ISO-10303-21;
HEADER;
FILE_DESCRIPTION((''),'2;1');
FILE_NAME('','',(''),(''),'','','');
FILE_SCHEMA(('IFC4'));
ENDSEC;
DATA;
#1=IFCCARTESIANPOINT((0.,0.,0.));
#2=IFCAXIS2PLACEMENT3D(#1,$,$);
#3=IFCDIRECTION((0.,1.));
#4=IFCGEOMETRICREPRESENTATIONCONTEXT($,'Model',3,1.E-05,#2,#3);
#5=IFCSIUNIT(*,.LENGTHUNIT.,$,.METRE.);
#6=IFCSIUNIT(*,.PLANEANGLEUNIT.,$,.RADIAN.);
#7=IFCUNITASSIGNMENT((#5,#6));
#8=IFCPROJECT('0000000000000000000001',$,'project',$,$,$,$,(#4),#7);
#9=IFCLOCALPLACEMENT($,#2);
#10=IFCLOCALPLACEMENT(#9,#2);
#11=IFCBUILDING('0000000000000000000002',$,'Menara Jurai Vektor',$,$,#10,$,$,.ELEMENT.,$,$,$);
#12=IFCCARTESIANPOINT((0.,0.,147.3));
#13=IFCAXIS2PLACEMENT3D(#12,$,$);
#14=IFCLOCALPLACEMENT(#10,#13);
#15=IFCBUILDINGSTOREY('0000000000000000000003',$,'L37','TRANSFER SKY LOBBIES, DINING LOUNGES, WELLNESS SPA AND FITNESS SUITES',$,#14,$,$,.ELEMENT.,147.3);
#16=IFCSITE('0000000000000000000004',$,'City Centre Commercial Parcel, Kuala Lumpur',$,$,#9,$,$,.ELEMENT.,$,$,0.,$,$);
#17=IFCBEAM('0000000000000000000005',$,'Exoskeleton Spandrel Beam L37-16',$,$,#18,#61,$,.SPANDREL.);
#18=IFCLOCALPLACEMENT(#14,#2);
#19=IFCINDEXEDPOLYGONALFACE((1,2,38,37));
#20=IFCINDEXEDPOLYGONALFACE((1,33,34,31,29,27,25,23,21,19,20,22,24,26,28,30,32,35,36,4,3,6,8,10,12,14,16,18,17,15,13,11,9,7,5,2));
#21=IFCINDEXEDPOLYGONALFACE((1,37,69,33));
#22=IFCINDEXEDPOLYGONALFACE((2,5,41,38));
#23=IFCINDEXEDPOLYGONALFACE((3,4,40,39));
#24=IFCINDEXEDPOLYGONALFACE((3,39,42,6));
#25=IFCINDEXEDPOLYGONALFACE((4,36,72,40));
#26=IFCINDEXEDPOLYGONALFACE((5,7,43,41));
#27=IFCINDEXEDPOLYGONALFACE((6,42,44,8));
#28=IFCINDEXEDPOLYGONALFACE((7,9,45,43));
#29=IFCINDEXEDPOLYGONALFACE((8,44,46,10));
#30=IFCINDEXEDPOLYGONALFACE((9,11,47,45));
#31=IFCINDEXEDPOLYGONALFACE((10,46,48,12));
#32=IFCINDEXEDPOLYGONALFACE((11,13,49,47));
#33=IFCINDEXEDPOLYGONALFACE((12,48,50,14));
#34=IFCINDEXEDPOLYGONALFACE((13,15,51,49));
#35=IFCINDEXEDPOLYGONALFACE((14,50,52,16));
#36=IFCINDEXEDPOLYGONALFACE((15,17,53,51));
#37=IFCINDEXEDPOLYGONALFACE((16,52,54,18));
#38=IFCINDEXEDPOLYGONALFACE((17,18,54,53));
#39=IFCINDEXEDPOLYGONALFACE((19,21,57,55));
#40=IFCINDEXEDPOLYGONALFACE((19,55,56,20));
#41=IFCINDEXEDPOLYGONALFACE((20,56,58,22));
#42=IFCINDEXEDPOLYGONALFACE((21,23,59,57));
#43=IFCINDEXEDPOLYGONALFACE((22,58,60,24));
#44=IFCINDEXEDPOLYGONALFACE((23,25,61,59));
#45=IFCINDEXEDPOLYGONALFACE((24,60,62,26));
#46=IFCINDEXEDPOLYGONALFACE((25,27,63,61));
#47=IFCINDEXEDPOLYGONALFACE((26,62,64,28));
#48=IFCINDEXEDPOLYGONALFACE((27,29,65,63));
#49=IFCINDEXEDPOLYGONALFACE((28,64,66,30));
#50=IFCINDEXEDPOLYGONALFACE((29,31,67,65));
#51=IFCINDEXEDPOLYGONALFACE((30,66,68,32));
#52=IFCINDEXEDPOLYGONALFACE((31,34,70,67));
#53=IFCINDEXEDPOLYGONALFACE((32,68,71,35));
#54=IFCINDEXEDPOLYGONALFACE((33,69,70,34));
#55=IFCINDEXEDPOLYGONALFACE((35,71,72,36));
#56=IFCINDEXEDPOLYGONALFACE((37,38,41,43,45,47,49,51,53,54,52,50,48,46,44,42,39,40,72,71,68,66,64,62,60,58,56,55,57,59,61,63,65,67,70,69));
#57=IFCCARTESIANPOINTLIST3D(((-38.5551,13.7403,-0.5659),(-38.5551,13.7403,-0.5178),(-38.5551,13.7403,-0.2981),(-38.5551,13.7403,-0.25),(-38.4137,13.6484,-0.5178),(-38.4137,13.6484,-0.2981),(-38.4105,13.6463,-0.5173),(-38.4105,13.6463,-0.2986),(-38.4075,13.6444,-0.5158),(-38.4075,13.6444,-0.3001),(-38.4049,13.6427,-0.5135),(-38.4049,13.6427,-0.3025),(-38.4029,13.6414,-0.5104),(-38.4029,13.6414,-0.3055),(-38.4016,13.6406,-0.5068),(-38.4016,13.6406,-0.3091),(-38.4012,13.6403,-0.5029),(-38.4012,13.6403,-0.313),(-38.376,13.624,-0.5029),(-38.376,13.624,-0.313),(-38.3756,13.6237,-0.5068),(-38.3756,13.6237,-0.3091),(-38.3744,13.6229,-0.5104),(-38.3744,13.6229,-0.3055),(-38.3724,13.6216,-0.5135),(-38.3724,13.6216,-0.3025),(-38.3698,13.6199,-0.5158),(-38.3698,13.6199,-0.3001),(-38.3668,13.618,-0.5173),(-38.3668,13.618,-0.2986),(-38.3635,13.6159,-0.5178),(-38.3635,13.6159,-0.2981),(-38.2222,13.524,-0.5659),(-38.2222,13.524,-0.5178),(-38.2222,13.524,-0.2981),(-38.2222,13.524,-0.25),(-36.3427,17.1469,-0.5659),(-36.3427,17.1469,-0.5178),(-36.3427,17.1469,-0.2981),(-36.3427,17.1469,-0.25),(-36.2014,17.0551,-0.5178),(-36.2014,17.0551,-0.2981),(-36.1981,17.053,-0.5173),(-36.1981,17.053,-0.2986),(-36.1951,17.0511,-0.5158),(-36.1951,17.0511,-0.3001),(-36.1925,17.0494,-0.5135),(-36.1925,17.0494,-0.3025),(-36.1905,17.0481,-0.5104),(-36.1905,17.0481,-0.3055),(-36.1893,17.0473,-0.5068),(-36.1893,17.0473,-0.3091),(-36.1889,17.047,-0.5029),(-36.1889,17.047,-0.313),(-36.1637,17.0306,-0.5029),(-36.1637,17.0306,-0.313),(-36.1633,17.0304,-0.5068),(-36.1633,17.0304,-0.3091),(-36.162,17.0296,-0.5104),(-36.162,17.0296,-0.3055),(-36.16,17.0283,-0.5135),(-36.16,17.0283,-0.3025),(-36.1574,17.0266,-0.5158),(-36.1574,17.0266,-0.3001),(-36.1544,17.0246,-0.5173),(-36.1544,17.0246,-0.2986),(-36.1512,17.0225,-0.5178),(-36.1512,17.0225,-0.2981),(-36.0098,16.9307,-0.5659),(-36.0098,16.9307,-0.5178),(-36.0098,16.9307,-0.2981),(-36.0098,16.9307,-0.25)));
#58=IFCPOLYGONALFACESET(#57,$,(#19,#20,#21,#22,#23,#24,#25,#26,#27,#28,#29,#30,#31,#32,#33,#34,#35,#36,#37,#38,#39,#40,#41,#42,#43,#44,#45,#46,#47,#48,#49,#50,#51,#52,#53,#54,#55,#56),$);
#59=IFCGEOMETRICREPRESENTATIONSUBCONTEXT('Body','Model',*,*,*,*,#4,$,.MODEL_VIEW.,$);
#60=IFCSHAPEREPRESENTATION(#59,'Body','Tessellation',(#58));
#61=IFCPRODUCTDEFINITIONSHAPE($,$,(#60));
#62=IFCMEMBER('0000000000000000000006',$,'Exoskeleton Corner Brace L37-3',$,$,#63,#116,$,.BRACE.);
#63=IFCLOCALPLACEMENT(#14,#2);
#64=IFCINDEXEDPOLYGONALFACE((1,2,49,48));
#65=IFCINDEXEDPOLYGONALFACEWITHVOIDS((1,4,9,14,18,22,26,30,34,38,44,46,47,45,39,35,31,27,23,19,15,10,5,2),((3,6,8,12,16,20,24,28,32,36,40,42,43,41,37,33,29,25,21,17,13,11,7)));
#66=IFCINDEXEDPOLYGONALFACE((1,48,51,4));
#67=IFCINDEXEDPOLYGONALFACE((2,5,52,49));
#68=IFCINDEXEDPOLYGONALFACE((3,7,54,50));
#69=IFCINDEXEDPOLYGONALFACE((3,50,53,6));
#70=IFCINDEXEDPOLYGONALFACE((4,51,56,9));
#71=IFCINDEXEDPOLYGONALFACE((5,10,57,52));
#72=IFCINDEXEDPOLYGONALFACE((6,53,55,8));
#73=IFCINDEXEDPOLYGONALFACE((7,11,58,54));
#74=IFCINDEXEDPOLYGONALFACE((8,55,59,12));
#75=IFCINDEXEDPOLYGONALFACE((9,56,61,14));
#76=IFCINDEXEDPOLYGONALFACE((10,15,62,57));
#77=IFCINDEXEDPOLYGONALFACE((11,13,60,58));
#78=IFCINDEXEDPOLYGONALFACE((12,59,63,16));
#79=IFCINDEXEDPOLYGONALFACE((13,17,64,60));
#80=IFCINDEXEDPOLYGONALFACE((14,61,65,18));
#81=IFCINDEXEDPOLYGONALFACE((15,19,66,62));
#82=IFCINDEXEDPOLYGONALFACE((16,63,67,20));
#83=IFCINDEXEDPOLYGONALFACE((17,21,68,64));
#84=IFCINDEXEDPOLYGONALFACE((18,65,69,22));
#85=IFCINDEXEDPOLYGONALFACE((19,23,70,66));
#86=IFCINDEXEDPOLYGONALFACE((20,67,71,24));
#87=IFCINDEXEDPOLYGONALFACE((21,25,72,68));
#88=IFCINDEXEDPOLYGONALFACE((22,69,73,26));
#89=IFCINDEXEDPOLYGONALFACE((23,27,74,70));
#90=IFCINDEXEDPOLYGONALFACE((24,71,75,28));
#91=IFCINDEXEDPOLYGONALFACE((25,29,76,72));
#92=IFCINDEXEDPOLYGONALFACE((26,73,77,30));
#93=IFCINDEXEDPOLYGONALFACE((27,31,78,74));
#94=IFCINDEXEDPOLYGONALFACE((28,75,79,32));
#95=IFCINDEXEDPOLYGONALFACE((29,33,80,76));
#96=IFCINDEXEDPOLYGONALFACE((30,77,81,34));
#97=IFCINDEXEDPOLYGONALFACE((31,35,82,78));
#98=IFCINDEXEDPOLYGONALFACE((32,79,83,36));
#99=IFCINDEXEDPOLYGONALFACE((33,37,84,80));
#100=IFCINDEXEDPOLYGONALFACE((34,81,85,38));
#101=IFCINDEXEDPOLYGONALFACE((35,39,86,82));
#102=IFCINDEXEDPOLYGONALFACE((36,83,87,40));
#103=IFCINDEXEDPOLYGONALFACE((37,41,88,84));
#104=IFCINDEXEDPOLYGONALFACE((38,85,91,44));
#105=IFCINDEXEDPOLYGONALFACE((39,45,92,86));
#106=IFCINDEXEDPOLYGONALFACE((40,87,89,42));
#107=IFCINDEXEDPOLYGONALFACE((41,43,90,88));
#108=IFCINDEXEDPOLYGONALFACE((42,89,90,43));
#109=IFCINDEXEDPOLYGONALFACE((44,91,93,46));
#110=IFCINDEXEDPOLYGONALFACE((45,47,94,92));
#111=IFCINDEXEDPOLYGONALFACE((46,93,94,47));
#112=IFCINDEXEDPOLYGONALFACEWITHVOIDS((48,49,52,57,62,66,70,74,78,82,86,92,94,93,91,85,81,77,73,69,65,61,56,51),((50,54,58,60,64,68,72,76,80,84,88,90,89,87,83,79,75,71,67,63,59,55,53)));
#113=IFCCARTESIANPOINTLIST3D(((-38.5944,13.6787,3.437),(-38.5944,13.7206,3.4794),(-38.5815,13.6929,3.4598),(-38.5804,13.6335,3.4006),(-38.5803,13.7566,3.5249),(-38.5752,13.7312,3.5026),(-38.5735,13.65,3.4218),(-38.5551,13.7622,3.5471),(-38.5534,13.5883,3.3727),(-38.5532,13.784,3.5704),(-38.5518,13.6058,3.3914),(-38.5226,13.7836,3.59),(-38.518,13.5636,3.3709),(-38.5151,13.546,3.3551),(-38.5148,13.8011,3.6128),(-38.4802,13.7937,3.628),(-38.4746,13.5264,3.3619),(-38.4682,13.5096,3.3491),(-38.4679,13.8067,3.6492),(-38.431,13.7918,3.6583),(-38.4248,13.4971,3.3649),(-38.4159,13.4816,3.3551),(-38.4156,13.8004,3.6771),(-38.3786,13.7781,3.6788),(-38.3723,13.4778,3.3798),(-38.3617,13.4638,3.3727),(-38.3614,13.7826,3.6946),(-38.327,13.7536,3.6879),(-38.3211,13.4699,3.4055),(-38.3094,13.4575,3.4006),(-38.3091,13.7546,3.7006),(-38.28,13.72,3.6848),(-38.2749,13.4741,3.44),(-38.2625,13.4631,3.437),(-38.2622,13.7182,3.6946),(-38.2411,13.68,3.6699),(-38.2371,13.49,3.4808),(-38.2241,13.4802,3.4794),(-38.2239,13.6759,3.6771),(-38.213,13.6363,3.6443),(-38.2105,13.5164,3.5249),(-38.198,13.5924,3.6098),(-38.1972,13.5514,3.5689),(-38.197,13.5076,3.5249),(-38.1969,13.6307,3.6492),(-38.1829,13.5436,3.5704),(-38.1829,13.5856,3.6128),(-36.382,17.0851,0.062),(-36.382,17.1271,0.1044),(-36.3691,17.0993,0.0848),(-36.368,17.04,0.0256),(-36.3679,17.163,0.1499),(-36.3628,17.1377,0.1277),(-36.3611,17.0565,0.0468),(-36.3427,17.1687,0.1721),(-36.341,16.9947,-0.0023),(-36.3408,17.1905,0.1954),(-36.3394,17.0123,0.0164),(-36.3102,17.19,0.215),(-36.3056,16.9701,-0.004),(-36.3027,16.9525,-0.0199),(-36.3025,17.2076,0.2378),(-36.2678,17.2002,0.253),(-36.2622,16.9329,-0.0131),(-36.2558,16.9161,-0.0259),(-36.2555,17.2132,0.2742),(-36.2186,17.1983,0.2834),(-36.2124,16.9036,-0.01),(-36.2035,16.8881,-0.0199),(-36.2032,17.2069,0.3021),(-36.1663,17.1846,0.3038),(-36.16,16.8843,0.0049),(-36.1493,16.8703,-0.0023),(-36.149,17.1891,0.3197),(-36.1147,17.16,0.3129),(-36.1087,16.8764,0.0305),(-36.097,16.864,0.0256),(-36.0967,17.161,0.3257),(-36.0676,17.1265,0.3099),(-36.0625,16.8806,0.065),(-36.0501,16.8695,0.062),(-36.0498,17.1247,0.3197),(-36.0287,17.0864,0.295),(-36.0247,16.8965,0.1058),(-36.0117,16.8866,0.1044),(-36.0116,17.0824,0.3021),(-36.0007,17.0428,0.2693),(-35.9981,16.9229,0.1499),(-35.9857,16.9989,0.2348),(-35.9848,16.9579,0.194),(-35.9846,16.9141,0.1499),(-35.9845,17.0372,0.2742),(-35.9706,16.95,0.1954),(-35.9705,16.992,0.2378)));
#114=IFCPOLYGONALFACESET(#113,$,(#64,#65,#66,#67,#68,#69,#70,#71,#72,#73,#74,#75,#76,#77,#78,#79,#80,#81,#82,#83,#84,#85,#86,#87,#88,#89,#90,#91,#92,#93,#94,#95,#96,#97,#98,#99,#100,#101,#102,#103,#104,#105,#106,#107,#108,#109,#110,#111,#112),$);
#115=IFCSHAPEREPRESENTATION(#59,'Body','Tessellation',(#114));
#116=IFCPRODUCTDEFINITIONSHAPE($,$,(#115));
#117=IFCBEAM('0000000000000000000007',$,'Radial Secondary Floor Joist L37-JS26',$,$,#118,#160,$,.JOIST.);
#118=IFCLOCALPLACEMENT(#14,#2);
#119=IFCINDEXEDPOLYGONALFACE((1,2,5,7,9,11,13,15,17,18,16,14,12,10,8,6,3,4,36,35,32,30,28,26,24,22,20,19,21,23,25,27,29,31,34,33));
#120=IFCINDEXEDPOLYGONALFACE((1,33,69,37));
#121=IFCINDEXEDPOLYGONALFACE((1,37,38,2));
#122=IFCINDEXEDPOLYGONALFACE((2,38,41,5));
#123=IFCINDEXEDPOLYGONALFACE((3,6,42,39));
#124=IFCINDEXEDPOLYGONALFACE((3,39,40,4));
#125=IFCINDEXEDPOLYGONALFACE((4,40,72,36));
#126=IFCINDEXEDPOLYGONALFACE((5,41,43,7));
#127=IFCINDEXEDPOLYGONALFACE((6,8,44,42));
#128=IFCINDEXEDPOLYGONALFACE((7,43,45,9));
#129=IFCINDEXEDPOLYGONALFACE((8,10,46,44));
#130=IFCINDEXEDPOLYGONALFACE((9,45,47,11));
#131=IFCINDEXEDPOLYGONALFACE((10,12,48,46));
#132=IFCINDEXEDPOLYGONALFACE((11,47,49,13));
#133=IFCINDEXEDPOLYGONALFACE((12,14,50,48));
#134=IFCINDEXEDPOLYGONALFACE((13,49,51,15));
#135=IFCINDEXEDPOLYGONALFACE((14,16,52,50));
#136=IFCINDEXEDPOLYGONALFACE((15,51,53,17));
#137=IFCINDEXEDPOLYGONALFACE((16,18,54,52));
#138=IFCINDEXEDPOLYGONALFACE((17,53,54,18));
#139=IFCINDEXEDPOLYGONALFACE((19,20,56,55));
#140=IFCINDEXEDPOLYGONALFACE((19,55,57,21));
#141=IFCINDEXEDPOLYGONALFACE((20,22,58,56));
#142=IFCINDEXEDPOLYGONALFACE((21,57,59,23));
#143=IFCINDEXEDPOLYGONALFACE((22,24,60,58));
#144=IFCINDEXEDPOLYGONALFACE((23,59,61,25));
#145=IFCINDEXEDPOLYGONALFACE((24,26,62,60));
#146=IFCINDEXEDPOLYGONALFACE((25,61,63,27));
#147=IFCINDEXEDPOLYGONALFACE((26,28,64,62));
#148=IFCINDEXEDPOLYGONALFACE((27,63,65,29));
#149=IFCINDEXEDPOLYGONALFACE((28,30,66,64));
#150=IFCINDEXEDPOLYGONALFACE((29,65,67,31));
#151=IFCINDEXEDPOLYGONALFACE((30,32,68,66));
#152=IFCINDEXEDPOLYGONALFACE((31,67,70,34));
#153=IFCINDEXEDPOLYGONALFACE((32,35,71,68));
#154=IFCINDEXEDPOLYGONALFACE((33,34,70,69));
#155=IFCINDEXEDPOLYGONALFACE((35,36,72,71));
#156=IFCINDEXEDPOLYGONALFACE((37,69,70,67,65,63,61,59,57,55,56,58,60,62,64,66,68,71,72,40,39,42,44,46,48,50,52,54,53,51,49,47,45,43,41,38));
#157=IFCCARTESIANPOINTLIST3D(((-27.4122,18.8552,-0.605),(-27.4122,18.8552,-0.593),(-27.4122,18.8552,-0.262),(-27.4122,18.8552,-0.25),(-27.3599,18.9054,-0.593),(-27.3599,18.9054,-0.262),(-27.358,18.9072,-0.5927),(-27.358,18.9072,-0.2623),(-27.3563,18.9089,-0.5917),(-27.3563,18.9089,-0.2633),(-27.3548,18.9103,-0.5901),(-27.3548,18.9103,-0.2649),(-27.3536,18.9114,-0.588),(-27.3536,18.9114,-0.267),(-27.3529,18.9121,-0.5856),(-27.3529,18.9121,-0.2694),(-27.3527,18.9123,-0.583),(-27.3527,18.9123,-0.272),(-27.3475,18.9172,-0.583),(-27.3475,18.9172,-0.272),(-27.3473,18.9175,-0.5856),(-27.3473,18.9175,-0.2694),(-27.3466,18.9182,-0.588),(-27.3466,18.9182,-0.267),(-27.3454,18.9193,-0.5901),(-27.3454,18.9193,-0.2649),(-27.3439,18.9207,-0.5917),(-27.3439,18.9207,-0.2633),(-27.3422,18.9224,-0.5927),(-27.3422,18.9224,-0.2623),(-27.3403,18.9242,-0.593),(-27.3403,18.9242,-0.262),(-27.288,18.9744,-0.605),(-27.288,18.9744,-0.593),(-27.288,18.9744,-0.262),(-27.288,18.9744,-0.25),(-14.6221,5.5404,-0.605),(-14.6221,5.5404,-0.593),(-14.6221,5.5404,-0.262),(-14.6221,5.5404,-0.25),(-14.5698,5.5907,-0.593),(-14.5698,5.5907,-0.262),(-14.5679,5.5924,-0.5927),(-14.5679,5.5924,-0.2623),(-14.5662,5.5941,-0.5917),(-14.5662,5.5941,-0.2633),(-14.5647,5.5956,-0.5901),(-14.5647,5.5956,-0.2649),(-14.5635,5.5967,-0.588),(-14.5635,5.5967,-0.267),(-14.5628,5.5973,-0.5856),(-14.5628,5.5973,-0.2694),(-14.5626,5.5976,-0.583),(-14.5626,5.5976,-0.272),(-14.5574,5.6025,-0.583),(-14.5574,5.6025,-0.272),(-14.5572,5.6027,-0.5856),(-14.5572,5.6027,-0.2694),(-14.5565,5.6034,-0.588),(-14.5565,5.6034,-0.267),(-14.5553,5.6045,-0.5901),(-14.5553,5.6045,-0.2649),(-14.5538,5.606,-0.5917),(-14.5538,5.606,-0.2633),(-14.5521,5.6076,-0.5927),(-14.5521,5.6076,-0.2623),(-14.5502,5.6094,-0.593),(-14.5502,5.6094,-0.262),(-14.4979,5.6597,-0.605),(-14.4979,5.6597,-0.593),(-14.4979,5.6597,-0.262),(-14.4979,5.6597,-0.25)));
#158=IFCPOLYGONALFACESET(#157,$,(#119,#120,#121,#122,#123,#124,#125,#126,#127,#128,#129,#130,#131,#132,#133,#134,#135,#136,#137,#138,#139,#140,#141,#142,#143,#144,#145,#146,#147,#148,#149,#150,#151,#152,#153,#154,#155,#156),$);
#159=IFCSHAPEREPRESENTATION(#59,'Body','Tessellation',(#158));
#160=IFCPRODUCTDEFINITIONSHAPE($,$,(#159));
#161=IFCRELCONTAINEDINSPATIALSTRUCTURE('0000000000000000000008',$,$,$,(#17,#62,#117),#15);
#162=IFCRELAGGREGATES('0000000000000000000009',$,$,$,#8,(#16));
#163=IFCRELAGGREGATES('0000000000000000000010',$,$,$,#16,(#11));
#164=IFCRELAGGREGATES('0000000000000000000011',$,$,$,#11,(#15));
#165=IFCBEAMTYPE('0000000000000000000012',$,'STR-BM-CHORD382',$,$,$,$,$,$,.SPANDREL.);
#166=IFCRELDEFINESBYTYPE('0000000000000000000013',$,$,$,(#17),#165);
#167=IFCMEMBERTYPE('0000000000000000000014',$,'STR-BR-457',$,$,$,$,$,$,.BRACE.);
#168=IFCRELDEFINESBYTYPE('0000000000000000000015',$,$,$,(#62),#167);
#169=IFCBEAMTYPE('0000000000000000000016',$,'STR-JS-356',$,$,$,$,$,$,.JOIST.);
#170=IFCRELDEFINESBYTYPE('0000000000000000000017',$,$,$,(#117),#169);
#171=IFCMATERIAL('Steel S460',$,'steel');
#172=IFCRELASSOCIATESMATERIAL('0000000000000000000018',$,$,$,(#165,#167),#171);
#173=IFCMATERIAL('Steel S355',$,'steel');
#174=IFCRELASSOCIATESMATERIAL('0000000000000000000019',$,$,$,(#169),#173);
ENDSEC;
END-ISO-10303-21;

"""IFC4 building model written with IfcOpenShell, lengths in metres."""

from ifc_helpers import new_model, si_unit, direction, frame, origin, origin_2d, place, context, subcontext, project, spatial, hollow_circle, i_section, extrude, material, material_profile, profile_set, type_object, element, save


model = new_model("IFC4")

# Units and contexts
model_context = context("Model", 3, precision=1e-05, world=origin(), true_north=direction((0.0, 1.0)))
body_context = subcontext(model_context, "Body", "Model", "MODEL_VIEW")
ifc_project = project(units=[si_unit("LENGTHUNIT", "METRE"), si_unit("PLANEANGLEUNIT", "RADIAN")], contexts=[model_context])

# Site, building, storey
site_placement = place(None, origin())
site = spatial("IfcSite", under=ifc_project, at=site_placement, Name="City Centre Commercial Parcel, Kuala Lumpur", CompositionType="ELEMENT", RefElevation=0.0)
building_placement = place(site_placement, origin())
building = spatial("IfcBuilding", under=site, at=building_placement, Name="Menara Jurai Vektor", CompositionType="ELEMENT")
storey_placement = place(building_placement, frame((0.0, 0.0, 147.3)))
storey = spatial("IfcBuildingStorey", under=building, at=storey_placement, Name="L37", Description="TRANSFER SKY LOBBIES, DINING LOUNGES, WELLNESS SPA AND FITNESS SUITES", CompositionType="ELEMENT", Elevation=147.3)

# Shared definitions
ifc_material_1 = material(Name="Steel S460", Category="steel")

# Beam
ifc_material_2 = material(Name="Steel S355", Category="steel")
ifc_material_profile_1 = material_profile(ifc_material_1, i_section(OverallWidth=0.397, OverallDepth=0.3159, WebThickness=0.03, FlangeThickness=0.0481, FilletRadius=0.0149, at=origin_2d()), Name="HD 400x382")
ifc_profile_set_1 = profile_set([ifc_material_profile_1], Name="Steel S460")
beam_type_1 = type_object("IfcBeamType", Name="STR-BM-CHORD382", PredefinedType="SPANDREL", material=ifc_profile_set_1)
beam_1_placement = place(storey_placement, frame((-36.1763, 17.0388, -0.408), z_axis=(-0.544646, -0.838666, 0.0), x_axis=(0.838666, -0.544646, 0.0)))
element("IfcBeam", 1, at=beam_1_placement, inside=storey, type_object=beam_type_1, Name="Exoskeleton Spandrel Beam L37-16", PredefinedType="SPANDREL", context=body_context, shape_type="SweptSolid", body=[
    extrude(i_section(OverallWidth=0.397, OverallDepth=0.3159, WebThickness=0.03, FlangeThickness=0.0481, FilletRadius=0.0149, at=origin_2d()), origin(), (0.0, 0.0, 1.0), 4.062),
])

# Member
ifc_material_profile_2 = material_profile(ifc_material_1, hollow_circle(Radius=0.2285, WallThickness=0.0161, at=origin_2d()), Name="CHS 457x16")
ifc_profile_set_2 = profile_set([ifc_material_profile_2], Name="Steel S460")
member_type_1 = type_object("IfcMemberType", Name="STR-BR-457", PredefinedType="BRACE", material=ifc_profile_set_2)
member_1_placement = place(storey_placement, frame((-36.1763, 17.0386, 0.1499), z_axis=(-0.418932, -0.64504, 0.639077), x_axis=(0.838648, -0.544674, 0.0)))
element("IfcMember", 2, at=member_1_placement, inside=storey, type_object=member_type_1, Name="Exoskeleton Corner Brace L37-3", PredefinedType="BRACE", context=body_context, shape_type="SweptSolid", body=[
    extrude(hollow_circle(Radius=0.2285, WallThickness=0.0161, at=origin_2d()), origin(), (0.0, 0.0, 1.0), 5.281),
])

# Beam
ifc_material_profile_3 = material_profile(ifc_material_2, i_section(OverallWidth=0.1721, OverallDepth=0.355, WebThickness=0.0071, FlangeThickness=0.012, FilletRadius=0.01, at=origin_2d()), Name="UKB 356x171x51")
ifc_profile_set_3 = profile_set([ifc_material_profile_3], Name="Steel S355")
beam_type_2 = type_object("IfcBeamType", Name="STR-JS-356", PredefinedType="JOIST", material=ifc_profile_set_3)
beam_2_placement = place(storey_placement, frame((-27.3501, 18.9148, -0.4275), z_axis=(0.692755, -0.721173, 0.0), x_axis=(0.721173, 0.692755, 0.0)))
element("IfcBeam", 3, at=beam_2_placement, inside=storey, type_object=beam_type_2, Name="Radial Secondary Floor Joist L37-JS26", PredefinedType="JOIST", context=body_context, shape_type="SweptSolid", body=[
    extrude(i_section(OverallWidth=0.1721, OverallDepth=0.355, WebThickness=0.0071, FlangeThickness=0.012, FilletRadius=0.01, at=origin_2d()), origin(), (0.0, 0.0, 1.0), 18.4626),
])

save(model, "model.ifc")
